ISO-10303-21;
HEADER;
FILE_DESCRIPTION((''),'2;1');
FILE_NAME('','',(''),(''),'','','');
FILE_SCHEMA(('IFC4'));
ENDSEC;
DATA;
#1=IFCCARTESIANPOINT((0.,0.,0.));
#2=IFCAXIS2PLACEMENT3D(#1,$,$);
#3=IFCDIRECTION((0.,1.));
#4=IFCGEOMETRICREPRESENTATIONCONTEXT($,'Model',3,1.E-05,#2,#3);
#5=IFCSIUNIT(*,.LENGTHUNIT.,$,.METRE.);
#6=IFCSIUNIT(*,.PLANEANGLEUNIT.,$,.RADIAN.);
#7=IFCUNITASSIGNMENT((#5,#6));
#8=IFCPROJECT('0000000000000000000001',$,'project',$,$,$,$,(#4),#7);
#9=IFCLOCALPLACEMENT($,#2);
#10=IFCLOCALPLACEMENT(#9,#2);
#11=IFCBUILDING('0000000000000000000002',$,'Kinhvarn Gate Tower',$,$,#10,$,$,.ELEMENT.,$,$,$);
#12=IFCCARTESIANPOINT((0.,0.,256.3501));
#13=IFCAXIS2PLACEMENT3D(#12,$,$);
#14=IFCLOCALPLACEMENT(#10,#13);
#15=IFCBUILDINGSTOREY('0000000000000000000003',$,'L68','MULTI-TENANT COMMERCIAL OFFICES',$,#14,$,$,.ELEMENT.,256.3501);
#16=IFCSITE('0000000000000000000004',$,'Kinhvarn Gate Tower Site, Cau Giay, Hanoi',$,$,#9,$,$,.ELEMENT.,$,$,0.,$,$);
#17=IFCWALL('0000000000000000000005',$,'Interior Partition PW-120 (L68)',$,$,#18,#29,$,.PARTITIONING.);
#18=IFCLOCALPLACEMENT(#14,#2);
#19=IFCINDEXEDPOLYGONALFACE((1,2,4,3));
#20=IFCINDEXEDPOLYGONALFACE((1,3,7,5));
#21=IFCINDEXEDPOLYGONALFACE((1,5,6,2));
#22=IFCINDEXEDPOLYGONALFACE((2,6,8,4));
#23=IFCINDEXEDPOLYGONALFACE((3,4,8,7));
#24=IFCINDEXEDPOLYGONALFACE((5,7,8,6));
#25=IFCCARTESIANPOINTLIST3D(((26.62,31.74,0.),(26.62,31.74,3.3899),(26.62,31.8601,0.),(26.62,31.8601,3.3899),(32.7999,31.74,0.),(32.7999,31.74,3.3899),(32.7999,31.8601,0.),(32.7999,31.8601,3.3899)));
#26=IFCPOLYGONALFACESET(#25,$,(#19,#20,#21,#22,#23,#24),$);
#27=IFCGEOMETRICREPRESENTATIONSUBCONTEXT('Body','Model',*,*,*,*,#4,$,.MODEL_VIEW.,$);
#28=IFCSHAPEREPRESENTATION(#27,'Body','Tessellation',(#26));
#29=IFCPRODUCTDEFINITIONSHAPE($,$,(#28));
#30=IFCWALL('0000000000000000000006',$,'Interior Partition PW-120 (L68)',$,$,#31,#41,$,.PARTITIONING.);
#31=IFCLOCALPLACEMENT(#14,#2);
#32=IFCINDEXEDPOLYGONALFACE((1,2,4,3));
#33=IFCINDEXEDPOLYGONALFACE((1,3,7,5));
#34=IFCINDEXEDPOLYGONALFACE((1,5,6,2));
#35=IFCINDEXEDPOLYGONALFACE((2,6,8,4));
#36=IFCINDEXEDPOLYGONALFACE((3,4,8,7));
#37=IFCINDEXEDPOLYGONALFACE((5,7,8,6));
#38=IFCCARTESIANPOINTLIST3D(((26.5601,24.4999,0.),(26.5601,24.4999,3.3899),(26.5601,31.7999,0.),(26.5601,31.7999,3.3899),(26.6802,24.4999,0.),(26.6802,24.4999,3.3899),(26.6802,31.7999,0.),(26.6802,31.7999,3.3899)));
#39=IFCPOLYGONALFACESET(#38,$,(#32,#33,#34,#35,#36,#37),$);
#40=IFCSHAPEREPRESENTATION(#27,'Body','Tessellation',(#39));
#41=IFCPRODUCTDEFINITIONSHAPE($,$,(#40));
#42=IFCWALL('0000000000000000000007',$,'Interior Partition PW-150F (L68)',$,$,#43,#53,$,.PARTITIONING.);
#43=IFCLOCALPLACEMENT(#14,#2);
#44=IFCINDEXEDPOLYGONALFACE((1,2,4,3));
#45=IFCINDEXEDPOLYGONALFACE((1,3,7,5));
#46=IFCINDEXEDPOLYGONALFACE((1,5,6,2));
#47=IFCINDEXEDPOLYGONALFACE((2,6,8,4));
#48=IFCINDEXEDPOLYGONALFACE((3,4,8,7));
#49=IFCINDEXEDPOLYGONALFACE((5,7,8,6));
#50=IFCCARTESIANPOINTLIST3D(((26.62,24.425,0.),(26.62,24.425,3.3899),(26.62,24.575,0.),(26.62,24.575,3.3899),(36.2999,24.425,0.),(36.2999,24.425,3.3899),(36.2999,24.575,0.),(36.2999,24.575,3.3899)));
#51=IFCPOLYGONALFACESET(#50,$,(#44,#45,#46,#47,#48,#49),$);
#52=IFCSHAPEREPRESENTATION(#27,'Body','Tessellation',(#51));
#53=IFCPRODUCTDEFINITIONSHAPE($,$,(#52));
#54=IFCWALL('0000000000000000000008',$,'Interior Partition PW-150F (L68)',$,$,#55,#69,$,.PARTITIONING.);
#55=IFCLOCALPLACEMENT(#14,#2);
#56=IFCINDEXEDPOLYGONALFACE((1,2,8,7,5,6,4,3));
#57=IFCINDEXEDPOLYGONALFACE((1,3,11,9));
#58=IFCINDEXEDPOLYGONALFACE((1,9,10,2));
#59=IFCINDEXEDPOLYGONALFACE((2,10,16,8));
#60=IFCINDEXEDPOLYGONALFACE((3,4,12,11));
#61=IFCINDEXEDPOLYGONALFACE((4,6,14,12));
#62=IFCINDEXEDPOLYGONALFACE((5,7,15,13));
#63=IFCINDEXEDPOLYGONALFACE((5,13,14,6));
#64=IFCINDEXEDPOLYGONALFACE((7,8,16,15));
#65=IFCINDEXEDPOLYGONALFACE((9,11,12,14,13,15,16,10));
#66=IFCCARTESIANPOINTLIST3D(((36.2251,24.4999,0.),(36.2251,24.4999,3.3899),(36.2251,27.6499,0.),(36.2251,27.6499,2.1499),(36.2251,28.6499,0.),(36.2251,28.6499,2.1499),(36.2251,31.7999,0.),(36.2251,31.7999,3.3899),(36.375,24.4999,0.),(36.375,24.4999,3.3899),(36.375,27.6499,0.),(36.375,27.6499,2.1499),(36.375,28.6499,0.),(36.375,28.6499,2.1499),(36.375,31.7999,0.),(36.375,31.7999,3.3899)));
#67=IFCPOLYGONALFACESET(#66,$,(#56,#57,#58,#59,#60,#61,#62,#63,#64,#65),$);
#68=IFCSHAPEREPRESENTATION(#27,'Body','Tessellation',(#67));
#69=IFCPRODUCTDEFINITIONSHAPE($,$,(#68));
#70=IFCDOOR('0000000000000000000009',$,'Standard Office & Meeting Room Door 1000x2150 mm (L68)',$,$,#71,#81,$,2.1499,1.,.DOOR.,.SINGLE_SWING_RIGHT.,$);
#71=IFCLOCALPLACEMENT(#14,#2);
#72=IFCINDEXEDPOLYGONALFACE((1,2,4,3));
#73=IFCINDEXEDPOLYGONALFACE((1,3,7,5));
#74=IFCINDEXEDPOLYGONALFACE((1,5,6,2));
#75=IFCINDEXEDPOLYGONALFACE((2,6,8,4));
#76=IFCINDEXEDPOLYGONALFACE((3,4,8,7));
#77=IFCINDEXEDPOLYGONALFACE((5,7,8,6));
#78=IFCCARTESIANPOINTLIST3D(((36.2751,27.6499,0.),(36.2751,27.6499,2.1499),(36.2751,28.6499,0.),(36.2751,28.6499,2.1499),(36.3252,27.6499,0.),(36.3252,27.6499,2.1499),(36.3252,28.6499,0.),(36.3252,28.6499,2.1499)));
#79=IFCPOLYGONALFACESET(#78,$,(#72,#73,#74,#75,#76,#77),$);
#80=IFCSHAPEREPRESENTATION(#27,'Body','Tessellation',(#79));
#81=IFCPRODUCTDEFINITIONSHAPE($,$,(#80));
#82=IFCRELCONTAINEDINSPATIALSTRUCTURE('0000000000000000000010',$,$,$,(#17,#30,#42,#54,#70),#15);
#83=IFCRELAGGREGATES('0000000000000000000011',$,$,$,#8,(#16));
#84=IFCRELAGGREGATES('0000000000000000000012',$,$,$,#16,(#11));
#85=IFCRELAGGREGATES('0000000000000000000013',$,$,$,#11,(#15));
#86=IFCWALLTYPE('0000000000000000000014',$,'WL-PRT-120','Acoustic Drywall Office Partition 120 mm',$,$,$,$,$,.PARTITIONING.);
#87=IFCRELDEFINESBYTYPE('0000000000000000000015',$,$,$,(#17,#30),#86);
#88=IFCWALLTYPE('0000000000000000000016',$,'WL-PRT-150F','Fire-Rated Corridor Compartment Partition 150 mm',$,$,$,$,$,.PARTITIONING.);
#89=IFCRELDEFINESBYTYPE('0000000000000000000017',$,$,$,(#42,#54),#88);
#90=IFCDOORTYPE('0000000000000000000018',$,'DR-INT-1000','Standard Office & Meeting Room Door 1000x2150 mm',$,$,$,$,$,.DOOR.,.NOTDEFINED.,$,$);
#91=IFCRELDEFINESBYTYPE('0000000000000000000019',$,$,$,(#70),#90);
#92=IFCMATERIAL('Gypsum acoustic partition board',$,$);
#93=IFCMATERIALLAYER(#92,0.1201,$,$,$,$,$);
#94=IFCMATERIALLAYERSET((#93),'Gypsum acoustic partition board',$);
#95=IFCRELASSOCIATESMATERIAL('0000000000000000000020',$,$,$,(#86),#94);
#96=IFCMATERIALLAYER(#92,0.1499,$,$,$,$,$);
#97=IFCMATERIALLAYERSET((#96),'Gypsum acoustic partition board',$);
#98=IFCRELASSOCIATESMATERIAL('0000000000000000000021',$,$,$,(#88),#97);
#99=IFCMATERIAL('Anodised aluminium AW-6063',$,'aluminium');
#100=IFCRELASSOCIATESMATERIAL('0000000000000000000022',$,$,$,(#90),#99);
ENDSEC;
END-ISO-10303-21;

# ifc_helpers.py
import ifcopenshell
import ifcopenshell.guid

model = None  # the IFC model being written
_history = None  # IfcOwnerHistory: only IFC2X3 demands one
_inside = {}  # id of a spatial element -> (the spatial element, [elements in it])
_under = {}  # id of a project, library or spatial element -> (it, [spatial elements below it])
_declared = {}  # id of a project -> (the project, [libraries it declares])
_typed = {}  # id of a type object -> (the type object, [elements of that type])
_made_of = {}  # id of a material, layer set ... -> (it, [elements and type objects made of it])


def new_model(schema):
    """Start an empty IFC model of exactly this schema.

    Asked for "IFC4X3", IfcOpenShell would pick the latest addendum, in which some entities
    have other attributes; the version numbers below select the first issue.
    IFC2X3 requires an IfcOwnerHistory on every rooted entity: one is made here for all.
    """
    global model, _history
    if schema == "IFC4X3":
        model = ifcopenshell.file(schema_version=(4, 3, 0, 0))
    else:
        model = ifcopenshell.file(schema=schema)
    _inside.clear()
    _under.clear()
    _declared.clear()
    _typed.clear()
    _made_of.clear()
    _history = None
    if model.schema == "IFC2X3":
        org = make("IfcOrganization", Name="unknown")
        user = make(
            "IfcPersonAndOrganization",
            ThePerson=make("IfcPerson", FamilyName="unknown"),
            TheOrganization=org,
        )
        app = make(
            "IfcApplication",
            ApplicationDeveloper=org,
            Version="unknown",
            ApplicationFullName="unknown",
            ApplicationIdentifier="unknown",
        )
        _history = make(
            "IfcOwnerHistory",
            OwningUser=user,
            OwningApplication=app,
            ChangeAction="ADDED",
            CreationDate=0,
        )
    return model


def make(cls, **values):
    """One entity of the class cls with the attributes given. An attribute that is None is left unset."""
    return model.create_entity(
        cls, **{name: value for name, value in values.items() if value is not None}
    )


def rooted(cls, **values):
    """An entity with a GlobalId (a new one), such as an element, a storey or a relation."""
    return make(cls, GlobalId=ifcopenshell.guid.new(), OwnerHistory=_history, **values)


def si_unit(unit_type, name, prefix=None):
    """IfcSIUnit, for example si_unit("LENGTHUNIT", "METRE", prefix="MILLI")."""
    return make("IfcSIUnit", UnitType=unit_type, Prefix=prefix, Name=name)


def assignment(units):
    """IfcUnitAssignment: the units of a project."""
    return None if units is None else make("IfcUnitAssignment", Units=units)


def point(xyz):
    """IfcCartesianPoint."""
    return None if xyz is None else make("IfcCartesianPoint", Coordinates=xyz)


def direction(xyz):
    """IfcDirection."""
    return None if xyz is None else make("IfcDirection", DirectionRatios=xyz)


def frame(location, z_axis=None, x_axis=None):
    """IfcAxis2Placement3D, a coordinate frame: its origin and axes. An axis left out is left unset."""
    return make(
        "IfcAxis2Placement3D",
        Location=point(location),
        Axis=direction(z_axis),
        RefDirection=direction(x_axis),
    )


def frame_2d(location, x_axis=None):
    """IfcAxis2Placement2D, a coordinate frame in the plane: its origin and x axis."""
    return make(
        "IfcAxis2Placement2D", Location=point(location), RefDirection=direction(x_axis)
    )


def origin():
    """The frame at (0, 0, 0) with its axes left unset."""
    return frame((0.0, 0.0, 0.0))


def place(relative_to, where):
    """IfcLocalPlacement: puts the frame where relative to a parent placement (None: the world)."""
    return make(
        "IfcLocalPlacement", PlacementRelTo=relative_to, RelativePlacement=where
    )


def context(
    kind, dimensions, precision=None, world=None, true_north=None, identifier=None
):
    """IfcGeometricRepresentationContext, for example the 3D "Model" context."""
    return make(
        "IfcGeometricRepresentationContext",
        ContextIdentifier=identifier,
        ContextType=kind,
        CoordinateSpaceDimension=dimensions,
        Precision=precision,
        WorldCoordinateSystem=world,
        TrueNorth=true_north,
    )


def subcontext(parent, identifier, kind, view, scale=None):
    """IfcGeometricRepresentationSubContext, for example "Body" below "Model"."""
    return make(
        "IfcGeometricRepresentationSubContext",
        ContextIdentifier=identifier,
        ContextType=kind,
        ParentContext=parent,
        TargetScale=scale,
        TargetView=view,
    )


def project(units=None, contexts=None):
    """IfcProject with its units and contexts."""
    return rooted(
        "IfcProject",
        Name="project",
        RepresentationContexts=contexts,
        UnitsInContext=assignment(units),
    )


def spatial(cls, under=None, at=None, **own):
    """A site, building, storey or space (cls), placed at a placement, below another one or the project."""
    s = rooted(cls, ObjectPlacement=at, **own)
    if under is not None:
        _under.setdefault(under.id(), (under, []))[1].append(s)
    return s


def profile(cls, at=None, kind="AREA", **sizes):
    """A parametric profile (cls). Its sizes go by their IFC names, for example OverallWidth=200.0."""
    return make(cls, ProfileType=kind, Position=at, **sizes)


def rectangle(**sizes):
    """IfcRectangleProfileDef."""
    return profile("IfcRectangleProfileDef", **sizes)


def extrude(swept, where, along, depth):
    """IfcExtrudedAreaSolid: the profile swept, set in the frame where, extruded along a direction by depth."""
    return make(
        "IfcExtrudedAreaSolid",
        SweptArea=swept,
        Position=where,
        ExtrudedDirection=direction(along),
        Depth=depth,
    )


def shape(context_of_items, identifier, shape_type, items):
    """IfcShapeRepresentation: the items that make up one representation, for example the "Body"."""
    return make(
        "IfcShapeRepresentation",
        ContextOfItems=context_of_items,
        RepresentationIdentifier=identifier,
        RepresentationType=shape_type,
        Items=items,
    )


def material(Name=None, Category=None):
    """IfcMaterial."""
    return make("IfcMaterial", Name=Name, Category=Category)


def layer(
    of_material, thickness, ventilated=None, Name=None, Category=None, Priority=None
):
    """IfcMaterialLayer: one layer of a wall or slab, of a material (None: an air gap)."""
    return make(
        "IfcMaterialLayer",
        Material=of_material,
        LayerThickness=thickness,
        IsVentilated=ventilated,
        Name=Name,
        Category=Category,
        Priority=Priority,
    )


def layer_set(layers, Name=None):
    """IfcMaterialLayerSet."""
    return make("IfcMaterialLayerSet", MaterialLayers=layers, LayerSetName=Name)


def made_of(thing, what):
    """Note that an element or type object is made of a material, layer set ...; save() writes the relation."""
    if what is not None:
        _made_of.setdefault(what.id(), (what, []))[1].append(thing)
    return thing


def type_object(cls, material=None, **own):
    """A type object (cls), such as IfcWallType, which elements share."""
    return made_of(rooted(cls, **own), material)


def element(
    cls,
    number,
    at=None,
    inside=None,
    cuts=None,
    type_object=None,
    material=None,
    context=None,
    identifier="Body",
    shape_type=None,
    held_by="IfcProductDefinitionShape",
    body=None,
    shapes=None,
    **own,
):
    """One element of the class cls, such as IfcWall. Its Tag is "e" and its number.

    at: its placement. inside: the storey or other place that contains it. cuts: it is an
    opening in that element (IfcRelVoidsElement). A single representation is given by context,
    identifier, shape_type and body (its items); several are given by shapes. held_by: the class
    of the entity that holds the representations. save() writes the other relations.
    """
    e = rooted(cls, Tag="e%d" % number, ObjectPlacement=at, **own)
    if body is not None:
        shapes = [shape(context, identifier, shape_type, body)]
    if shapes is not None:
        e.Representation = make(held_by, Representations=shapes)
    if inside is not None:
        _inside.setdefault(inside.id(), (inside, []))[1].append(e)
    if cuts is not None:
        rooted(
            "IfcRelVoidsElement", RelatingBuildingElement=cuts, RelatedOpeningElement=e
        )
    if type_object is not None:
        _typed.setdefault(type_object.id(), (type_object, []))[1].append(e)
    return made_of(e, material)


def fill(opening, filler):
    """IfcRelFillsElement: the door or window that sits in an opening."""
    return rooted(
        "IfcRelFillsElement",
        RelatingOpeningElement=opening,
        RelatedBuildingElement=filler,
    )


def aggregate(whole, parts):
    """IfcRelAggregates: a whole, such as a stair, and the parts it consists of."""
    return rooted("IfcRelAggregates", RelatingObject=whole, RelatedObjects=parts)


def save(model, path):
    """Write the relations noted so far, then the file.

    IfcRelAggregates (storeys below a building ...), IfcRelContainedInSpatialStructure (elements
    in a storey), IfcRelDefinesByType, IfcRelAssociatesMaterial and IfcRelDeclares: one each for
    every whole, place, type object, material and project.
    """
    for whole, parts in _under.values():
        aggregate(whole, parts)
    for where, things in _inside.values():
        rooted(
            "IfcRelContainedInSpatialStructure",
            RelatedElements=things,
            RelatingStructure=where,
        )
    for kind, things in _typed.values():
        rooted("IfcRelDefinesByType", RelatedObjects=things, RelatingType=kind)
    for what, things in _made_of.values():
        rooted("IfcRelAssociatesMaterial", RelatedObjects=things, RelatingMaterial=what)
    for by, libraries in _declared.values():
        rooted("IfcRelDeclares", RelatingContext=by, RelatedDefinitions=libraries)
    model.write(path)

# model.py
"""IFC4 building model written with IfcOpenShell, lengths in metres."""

from ifc_helpers import new_model, si_unit, direction, frame, frame_2d, origin, place, context, subcontext, project, spatial, rectangle, extrude, material, layer, layer_set, type_object, element, fill, save


model = new_model("IFC4")

# Units and contexts
model_context = context("Model", 3, precision=1e-05, world=origin(), true_north=direction((0.0, 1.0)))
body_context = subcontext(model_context, "Body", "Model", "MODEL_VIEW")
ifc_project = project(units=[si_unit("LENGTHUNIT", "METRE"), si_unit("PLANEANGLEUNIT", "RADIAN")], contexts=[model_context])

# Site, building, storey
site_placement = place(None, origin())
site = spatial("IfcSite", under=ifc_project, at=site_placement, Name="Kinhvarn Gate Tower Site, Cau Giay, Hanoi", CompositionType="ELEMENT", RefElevation=0.0)
building_placement = place(site_placement, origin())
building = spatial("IfcBuilding", under=site, at=building_placement, Name="Kinhvarn Gate Tower", CompositionType="ELEMENT")
storey_placement = place(building_placement, frame((0.0, 0.0, 256.3501)))
storey = spatial("IfcBuildingStorey", under=building, at=storey_placement, Name="L68", Description="MULTI-TENANT COMMERCIAL OFFICES", CompositionType="ELEMENT", Elevation=256.3501)

# Shared definitions
ifc_material_1 = material(Name="Gypsum acoustic partition board")

# Shared definitions
ifc_material_2 = material(Name="Anodised aluminium AW-6063", Category="aluminium")

# Walls
ifc_layer_1 = layer(ifc_material_1, 0.1201)
ifc_layer_set_1 = layer_set([ifc_layer_1], Name="Gypsum acoustic partition board")
wall_type_1 = type_object("IfcWallType", Name="WL-PRT-120", Description="Acoustic Drywall Office Partition 120 mm", PredefinedType="PARTITIONING", material=ifc_layer_set_1)
wall_1_placement = place(storey_placement, frame((26.6201, 31.8, 0.0), z_axis=(0.0, 0.0, 1.0), x_axis=(1.0, 0.0, 0.0)))
element("IfcWall", 1, at=wall_1_placement, inside=storey, type_object=wall_type_1, Name="Interior Partition PW-120 (L68)", PredefinedType="PARTITIONING", context=body_context, shape_type="SweptSolid", body=[
    extrude(rectangle(XDim=6.1799, YDim=0.1201, at=frame_2d((3.0898, 0.0))), origin(), (0.0, 0.0, 1.0), 3.3899),
])
wall_2_placement = place(storey_placement, frame((26.6201, 24.5, 0.0), z_axis=(0.0, 0.0, 1.0), x_axis=(0.0, 1.0, 0.0)))
element("IfcWall", 2, at=wall_2_placement, inside=storey, type_object=wall_type_1, Name="Interior Partition PW-120 (L68)", PredefinedType="PARTITIONING", context=body_context, shape_type="SweptSolid", body=[
    extrude(rectangle(XDim=7.3, YDim=0.1201, at=frame_2d((3.6499, 0.0))), origin(), (0.0, 0.0, 1.0), 3.3899),
])
ifc_layer_2 = layer(ifc_material_1, 0.1499)
ifc_layer_set_2 = layer_set([ifc_layer_2], Name="Gypsum acoustic partition board")
wall_type_2 = type_object("IfcWallType", Name="WL-PRT-150F", Description="Fire-Rated Corridor Compartment Partition 150 mm", PredefinedType="PARTITIONING", material=ifc_layer_set_2)
wall_3_placement = place(storey_placement, frame((26.6201, 24.5, 0.0), z_axis=(0.0, 0.0, 1.0), x_axis=(1.0, 0.0, 0.0)))
element("IfcWall", 3, at=wall_3_placement, inside=storey, type_object=wall_type_2, Name="Interior Partition PW-150F (L68)", PredefinedType="PARTITIONING", context=body_context, shape_type="SweptSolid", body=[
    extrude(rectangle(XDim=9.6799, YDim=0.1499, at=frame_2d((4.8398, 0.0))), origin(), (0.0, 0.0, 1.0), 3.3899),
])

# Wall, opening, door
wall_4_placement = place(storey_placement, frame((36.3, 24.5, 0.0), z_axis=(0.0, 0.0, 1.0), x_axis=(0.0, 1.0, 0.0)))
wall_4 = element("IfcWall", 4, at=wall_4_placement, inside=storey, type_object=wall_type_2, Name="Interior Partition PW-150F (L68)", PredefinedType="PARTITIONING", context=body_context, shape_type="SweptSolid", body=[
    extrude(rectangle(XDim=7.3, YDim=0.1499, at=frame_2d((3.6499, 0.0))), origin(), (0.0, 0.0, 1.0), 3.3899),
])
opening_1_placement = place(wall_4_placement, frame((3.1499, 0.0, 0.0)))
opening_1 = element("IfcOpeningElement", 5, at=opening_1_placement, cuts=wall_4, PredefinedType="OPENING", context=body_context, shape_type="SweptSolid", body=[
    extrude(rectangle(XDim=1.0, YDim=2.1499, at=frame_2d((0.5, 1.075))), frame((0.0, 0.085, 0.0), z_axis=(0.0, -1.0, 0.0), x_axis=(1.0, 0.0, 0.0)), (0.0, 0.0, 1.0), 0.1699),
])
door_type_1 = type_object("IfcDoorType", Name="DR-INT-1000", Description="Standard Office & Meeting Room Door 1000x2150 mm", OperationType="NOTDEFINED", PredefinedType="DOOR", material=ifc_material_2)
door_1_placement = place(opening_1_placement, origin())
door_1 = element("IfcDoor", 6, at=door_1_placement, inside=storey, type_object=door_type_1, Name="Standard Office & Meeting Room Door 1000x2150 mm (L68)", OperationType="SINGLE_SWING_RIGHT", OverallHeight=2.1499, OverallWidth=1.0, PredefinedType="DOOR", context=body_context, shape_type="SweptSolid", body=[
    extrude(rectangle(XDim=1.0, YDim=2.1499, at=frame_2d((0.5, 1.075))), frame((0.0, 0.0249, 0.0), z_axis=(0.0, -1.0, 0.0), x_axis=(1.0, 0.0, 0.0)), (0.0, 0.0, 1.0), 0.05),
])
fill(opening_1, door_1)

save(model, "model.ifc")
